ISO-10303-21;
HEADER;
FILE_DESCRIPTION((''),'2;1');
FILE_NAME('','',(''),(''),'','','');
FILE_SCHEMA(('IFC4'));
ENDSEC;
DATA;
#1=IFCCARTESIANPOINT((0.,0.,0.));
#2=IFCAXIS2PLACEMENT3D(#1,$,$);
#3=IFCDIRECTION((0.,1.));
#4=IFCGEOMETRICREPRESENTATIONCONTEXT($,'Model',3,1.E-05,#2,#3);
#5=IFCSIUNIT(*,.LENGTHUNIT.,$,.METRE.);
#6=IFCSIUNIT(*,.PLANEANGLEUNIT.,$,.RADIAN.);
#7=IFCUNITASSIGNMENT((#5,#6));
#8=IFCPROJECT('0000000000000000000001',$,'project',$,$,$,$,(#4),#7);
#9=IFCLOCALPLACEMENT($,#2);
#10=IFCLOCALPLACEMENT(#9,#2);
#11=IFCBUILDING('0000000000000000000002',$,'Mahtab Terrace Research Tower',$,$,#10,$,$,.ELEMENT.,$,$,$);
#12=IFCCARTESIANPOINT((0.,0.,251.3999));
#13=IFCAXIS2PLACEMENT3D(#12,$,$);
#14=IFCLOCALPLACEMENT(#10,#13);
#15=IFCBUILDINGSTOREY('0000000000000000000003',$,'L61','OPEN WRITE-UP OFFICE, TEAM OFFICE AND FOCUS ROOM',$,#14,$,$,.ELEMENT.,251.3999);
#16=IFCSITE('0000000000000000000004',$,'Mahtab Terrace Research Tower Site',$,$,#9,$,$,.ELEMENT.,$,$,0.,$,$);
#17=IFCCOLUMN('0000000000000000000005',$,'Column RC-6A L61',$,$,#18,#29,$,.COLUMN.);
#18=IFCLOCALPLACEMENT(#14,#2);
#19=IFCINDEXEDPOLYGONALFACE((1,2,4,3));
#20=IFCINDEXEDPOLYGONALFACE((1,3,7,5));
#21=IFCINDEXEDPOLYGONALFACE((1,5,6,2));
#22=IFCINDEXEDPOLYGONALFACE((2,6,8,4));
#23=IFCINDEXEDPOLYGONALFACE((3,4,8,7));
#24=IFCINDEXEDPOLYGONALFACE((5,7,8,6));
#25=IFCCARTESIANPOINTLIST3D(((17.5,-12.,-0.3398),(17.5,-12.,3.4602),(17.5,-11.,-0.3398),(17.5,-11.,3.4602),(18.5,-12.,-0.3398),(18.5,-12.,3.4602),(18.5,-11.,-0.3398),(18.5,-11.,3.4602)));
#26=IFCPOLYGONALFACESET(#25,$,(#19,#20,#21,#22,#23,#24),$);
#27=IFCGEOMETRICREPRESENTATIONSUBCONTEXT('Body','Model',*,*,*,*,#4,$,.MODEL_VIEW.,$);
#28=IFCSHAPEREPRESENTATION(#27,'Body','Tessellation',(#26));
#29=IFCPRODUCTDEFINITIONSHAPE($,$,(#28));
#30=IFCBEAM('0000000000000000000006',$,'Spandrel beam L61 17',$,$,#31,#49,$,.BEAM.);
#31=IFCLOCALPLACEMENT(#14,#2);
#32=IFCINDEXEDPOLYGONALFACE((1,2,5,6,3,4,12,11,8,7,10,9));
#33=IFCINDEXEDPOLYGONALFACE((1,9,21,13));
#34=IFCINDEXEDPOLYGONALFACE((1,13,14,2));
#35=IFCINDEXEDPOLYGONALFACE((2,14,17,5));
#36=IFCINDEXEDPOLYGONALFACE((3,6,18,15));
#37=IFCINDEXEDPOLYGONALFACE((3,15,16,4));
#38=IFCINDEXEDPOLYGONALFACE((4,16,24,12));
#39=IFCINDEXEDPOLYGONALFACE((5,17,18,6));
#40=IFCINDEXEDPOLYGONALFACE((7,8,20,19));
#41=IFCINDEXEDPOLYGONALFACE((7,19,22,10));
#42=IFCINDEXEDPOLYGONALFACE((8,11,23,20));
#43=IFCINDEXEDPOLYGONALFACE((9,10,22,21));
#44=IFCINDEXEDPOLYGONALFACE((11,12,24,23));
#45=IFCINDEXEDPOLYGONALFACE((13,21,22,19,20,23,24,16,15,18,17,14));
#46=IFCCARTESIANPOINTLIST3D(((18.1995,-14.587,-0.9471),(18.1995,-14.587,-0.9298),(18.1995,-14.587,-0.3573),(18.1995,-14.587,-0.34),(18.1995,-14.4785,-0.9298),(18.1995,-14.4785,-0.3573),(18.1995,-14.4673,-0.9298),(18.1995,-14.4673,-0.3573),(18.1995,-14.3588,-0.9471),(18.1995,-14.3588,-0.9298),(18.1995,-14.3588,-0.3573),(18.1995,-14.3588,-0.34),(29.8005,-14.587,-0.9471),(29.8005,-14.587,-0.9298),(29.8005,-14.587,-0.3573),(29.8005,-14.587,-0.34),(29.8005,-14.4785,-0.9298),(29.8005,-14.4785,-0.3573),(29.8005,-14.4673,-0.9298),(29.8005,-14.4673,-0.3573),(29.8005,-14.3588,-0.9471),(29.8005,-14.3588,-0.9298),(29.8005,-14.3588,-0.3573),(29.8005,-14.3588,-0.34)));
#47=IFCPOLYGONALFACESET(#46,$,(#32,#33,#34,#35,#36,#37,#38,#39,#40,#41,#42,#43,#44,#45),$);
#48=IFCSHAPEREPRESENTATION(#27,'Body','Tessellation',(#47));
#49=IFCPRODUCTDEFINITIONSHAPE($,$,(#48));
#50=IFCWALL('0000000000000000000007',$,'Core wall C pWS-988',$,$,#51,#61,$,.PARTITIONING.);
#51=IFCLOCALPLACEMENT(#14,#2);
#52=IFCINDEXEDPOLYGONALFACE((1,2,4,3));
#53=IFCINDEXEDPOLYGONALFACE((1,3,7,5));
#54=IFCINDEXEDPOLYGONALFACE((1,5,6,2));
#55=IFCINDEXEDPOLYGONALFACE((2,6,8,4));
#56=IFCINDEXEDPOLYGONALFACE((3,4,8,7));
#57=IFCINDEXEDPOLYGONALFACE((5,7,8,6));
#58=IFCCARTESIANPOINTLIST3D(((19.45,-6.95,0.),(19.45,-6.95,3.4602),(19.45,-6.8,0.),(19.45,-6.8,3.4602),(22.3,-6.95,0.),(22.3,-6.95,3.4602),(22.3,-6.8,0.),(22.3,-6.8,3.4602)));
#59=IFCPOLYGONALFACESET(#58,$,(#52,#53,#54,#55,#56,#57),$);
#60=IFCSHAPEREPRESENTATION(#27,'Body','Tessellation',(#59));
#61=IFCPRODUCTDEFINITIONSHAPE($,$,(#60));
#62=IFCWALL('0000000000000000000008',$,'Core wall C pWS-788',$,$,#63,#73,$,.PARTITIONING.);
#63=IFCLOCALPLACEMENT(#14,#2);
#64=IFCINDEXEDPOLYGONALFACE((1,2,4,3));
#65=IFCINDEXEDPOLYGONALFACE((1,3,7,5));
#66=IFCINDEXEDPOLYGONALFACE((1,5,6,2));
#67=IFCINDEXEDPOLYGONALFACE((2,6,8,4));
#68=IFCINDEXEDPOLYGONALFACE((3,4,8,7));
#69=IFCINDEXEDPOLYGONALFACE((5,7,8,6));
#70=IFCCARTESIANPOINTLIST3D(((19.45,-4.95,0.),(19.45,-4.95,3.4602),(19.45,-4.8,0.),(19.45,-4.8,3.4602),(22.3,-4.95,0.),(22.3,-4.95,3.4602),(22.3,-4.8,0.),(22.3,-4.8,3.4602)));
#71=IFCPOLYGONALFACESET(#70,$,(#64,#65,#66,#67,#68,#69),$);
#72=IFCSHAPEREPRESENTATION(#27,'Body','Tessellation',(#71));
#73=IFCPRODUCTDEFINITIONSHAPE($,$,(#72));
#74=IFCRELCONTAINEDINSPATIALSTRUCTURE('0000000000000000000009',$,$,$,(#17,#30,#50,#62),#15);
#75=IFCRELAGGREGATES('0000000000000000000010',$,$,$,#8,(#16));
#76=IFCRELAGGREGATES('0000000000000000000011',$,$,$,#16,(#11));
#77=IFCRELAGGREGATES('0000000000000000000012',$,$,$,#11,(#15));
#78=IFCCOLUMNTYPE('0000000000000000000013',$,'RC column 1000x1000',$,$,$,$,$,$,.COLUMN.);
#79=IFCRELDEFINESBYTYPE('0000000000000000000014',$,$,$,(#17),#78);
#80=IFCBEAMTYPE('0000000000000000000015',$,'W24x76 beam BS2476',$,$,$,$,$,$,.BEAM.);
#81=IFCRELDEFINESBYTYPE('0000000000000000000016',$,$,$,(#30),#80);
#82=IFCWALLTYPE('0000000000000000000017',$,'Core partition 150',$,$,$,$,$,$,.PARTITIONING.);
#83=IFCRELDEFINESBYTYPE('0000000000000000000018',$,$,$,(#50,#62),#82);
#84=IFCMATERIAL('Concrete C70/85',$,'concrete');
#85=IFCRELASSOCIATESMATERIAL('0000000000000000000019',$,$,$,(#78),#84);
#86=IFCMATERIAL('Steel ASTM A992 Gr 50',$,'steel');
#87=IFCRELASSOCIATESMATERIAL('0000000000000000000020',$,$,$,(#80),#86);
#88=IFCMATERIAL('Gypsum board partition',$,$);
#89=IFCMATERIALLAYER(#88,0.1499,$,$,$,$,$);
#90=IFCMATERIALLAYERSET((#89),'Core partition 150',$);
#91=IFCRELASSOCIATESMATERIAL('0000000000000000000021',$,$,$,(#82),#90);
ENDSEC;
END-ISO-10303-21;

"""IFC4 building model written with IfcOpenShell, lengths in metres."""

from ifc_helpers import new_model, si_unit, direction, frame, frame_2d, origin, origin_2d, place, context, subcontext, project, spatial, rectangle, i_section, extrude, material, layer, layer_set, material_profile, profile_set, type_object, element, save


model = new_model("IFC4")

# Units and contexts
model_context = context("Model", 3, precision=1e-05, world=origin(), true_north=direction((0.0, 1.0)))
body_context = subcontext(model_context, "Body", "Model", "MODEL_VIEW")
ifc_project = project(units=[si_unit("LENGTHUNIT", "METRE"), si_unit("PLANEANGLEUNIT", "RADIAN")], contexts=[model_context])

# Site, building, storey
site_placement = place(None, origin())
site = spatial("IfcSite", under=ifc_project, at=site_placement, Name="Mahtab Terrace Research Tower Site", CompositionType="ELEMENT", RefElevation=0.0)
building_placement = place(site_placement, origin())
building = spatial("IfcBuilding", under=site, at=building_placement, Name="Mahtab Terrace Research Tower", CompositionType="ELEMENT")
storey_placement = place(building_placement, frame((0.0, 0.0, 251.3999)))
storey = spatial("IfcBuildingStorey", under=building, at=storey_placement, Name="L61", Description="OPEN WRITE-UP OFFICE, TEAM OFFICE AND FOCUS ROOM", CompositionType="ELEMENT", Elevation=251.3999)

# Column
ifc_material_1 = material(Name="Concrete C70/85", Category="concrete")
ifc_material_profile_1 = material_profile(ifc_material_1, rectangle(XDim=1.0, YDim=1.0, at=origin_2d()), Name="RC column 1000x1000")
ifc_profile_set_1 = profile_set([ifc_material_profile_1], Name="Concrete C70/85")
column_type = type_object("IfcColumnType", Name="RC column 1000x1000", PredefinedType="COLUMN", material=ifc_profile_set_1)
column_placement = place(storey_placement, frame((18.0, -11.5, -0.3398), z_axis=(0.0, 0.0, 1.0), x_axis=(1.0, 0.0, 0.0)))
element("IfcColumn", 1, at=column_placement, inside=storey, type_object=column_type, Name="Column RC-6A L61", PredefinedType="COLUMN", context=body_context, shape_type="SweptSolid", body=[
    extrude(rectangle(XDim=1.0, YDim=1.0, at=origin_2d()), origin(), (0.0, 0.0, 1.0), 3.8),
])

# Beam
ifc_material_2 = material(Name="Steel ASTM A992 Gr 50", Category="steel")
ifc_material_profile_2 = material_profile(ifc_material_2, i_section(OverallWidth=0.2283, OverallDepth=0.6072, WebThickness=0.0112, FlangeThickness=0.0173, at=origin_2d()), Name="W24X76")
ifc_profile_set_2 = profile_set([ifc_material_profile_2], Name="Steel ASTM A992 Gr 50")
beam_type = type_object("IfcBeamType", Name="W24x76 beam BS2476", PredefinedType="BEAM", material=ifc_profile_set_2)
beam_placement = place(storey_placement, frame((18.1995, -14.4729, -0.6436), z_axis=(1.0, 0.0, 0.0), x_axis=(0.0, 1.0, 0.0)))
element("IfcBeam", 2, at=beam_placement, inside=storey, type_object=beam_type, Name="Spandrel beam L61 17", PredefinedType="BEAM", context=body_context, shape_type="SweptSolid", body=[
    extrude(i_section(OverallWidth=0.2283, OverallDepth=0.6072, WebThickness=0.0112, FlangeThickness=0.0173, at=origin_2d()), origin(), (0.0, 0.0, 1.0), 11.6011),
])

# Walls
ifc_material_3 = material(Name="Gypsum board partition")
ifc_layer_1 = layer(ifc_material_3, 0.1499)
ifc_layer_set_1 = layer_set([ifc_layer_1], Name="Core partition 150")
wall_type_1 = type_object("IfcWallType", Name="Core partition 150", PredefinedType="PARTITIONING", material=ifc_layer_set_1)
for number, where, z_axis, x_axis, name in (
    (3, (19.45, -6.875, 0.0), (0.0, 0.0, 1.0), (1.0, 0.0, 0.0), "Core wall C pWS-988"),
    (4, (19.45, -4.875, 0.0), (0.0, 0.0, 1.0), (1.0, 0.0, 0.0), "Core wall C pWS-788"),
):
    element("IfcWall", number, at=place(storey_placement, frame(where, z_axis=z_axis, x_axis=x_axis)), inside=storey, type_object=wall_type_1, Name=name, PredefinedType="PARTITIONING", context=body_context, shape_type="SweptSolid", body=[
        extrude(rectangle(XDim=2.8501, YDim=0.1499, at=frame_2d((1.425, 0.0))), origin(), (0.0, 0.0, 1.0), 3.4602),
    ])

save(model, "model.ifc")
